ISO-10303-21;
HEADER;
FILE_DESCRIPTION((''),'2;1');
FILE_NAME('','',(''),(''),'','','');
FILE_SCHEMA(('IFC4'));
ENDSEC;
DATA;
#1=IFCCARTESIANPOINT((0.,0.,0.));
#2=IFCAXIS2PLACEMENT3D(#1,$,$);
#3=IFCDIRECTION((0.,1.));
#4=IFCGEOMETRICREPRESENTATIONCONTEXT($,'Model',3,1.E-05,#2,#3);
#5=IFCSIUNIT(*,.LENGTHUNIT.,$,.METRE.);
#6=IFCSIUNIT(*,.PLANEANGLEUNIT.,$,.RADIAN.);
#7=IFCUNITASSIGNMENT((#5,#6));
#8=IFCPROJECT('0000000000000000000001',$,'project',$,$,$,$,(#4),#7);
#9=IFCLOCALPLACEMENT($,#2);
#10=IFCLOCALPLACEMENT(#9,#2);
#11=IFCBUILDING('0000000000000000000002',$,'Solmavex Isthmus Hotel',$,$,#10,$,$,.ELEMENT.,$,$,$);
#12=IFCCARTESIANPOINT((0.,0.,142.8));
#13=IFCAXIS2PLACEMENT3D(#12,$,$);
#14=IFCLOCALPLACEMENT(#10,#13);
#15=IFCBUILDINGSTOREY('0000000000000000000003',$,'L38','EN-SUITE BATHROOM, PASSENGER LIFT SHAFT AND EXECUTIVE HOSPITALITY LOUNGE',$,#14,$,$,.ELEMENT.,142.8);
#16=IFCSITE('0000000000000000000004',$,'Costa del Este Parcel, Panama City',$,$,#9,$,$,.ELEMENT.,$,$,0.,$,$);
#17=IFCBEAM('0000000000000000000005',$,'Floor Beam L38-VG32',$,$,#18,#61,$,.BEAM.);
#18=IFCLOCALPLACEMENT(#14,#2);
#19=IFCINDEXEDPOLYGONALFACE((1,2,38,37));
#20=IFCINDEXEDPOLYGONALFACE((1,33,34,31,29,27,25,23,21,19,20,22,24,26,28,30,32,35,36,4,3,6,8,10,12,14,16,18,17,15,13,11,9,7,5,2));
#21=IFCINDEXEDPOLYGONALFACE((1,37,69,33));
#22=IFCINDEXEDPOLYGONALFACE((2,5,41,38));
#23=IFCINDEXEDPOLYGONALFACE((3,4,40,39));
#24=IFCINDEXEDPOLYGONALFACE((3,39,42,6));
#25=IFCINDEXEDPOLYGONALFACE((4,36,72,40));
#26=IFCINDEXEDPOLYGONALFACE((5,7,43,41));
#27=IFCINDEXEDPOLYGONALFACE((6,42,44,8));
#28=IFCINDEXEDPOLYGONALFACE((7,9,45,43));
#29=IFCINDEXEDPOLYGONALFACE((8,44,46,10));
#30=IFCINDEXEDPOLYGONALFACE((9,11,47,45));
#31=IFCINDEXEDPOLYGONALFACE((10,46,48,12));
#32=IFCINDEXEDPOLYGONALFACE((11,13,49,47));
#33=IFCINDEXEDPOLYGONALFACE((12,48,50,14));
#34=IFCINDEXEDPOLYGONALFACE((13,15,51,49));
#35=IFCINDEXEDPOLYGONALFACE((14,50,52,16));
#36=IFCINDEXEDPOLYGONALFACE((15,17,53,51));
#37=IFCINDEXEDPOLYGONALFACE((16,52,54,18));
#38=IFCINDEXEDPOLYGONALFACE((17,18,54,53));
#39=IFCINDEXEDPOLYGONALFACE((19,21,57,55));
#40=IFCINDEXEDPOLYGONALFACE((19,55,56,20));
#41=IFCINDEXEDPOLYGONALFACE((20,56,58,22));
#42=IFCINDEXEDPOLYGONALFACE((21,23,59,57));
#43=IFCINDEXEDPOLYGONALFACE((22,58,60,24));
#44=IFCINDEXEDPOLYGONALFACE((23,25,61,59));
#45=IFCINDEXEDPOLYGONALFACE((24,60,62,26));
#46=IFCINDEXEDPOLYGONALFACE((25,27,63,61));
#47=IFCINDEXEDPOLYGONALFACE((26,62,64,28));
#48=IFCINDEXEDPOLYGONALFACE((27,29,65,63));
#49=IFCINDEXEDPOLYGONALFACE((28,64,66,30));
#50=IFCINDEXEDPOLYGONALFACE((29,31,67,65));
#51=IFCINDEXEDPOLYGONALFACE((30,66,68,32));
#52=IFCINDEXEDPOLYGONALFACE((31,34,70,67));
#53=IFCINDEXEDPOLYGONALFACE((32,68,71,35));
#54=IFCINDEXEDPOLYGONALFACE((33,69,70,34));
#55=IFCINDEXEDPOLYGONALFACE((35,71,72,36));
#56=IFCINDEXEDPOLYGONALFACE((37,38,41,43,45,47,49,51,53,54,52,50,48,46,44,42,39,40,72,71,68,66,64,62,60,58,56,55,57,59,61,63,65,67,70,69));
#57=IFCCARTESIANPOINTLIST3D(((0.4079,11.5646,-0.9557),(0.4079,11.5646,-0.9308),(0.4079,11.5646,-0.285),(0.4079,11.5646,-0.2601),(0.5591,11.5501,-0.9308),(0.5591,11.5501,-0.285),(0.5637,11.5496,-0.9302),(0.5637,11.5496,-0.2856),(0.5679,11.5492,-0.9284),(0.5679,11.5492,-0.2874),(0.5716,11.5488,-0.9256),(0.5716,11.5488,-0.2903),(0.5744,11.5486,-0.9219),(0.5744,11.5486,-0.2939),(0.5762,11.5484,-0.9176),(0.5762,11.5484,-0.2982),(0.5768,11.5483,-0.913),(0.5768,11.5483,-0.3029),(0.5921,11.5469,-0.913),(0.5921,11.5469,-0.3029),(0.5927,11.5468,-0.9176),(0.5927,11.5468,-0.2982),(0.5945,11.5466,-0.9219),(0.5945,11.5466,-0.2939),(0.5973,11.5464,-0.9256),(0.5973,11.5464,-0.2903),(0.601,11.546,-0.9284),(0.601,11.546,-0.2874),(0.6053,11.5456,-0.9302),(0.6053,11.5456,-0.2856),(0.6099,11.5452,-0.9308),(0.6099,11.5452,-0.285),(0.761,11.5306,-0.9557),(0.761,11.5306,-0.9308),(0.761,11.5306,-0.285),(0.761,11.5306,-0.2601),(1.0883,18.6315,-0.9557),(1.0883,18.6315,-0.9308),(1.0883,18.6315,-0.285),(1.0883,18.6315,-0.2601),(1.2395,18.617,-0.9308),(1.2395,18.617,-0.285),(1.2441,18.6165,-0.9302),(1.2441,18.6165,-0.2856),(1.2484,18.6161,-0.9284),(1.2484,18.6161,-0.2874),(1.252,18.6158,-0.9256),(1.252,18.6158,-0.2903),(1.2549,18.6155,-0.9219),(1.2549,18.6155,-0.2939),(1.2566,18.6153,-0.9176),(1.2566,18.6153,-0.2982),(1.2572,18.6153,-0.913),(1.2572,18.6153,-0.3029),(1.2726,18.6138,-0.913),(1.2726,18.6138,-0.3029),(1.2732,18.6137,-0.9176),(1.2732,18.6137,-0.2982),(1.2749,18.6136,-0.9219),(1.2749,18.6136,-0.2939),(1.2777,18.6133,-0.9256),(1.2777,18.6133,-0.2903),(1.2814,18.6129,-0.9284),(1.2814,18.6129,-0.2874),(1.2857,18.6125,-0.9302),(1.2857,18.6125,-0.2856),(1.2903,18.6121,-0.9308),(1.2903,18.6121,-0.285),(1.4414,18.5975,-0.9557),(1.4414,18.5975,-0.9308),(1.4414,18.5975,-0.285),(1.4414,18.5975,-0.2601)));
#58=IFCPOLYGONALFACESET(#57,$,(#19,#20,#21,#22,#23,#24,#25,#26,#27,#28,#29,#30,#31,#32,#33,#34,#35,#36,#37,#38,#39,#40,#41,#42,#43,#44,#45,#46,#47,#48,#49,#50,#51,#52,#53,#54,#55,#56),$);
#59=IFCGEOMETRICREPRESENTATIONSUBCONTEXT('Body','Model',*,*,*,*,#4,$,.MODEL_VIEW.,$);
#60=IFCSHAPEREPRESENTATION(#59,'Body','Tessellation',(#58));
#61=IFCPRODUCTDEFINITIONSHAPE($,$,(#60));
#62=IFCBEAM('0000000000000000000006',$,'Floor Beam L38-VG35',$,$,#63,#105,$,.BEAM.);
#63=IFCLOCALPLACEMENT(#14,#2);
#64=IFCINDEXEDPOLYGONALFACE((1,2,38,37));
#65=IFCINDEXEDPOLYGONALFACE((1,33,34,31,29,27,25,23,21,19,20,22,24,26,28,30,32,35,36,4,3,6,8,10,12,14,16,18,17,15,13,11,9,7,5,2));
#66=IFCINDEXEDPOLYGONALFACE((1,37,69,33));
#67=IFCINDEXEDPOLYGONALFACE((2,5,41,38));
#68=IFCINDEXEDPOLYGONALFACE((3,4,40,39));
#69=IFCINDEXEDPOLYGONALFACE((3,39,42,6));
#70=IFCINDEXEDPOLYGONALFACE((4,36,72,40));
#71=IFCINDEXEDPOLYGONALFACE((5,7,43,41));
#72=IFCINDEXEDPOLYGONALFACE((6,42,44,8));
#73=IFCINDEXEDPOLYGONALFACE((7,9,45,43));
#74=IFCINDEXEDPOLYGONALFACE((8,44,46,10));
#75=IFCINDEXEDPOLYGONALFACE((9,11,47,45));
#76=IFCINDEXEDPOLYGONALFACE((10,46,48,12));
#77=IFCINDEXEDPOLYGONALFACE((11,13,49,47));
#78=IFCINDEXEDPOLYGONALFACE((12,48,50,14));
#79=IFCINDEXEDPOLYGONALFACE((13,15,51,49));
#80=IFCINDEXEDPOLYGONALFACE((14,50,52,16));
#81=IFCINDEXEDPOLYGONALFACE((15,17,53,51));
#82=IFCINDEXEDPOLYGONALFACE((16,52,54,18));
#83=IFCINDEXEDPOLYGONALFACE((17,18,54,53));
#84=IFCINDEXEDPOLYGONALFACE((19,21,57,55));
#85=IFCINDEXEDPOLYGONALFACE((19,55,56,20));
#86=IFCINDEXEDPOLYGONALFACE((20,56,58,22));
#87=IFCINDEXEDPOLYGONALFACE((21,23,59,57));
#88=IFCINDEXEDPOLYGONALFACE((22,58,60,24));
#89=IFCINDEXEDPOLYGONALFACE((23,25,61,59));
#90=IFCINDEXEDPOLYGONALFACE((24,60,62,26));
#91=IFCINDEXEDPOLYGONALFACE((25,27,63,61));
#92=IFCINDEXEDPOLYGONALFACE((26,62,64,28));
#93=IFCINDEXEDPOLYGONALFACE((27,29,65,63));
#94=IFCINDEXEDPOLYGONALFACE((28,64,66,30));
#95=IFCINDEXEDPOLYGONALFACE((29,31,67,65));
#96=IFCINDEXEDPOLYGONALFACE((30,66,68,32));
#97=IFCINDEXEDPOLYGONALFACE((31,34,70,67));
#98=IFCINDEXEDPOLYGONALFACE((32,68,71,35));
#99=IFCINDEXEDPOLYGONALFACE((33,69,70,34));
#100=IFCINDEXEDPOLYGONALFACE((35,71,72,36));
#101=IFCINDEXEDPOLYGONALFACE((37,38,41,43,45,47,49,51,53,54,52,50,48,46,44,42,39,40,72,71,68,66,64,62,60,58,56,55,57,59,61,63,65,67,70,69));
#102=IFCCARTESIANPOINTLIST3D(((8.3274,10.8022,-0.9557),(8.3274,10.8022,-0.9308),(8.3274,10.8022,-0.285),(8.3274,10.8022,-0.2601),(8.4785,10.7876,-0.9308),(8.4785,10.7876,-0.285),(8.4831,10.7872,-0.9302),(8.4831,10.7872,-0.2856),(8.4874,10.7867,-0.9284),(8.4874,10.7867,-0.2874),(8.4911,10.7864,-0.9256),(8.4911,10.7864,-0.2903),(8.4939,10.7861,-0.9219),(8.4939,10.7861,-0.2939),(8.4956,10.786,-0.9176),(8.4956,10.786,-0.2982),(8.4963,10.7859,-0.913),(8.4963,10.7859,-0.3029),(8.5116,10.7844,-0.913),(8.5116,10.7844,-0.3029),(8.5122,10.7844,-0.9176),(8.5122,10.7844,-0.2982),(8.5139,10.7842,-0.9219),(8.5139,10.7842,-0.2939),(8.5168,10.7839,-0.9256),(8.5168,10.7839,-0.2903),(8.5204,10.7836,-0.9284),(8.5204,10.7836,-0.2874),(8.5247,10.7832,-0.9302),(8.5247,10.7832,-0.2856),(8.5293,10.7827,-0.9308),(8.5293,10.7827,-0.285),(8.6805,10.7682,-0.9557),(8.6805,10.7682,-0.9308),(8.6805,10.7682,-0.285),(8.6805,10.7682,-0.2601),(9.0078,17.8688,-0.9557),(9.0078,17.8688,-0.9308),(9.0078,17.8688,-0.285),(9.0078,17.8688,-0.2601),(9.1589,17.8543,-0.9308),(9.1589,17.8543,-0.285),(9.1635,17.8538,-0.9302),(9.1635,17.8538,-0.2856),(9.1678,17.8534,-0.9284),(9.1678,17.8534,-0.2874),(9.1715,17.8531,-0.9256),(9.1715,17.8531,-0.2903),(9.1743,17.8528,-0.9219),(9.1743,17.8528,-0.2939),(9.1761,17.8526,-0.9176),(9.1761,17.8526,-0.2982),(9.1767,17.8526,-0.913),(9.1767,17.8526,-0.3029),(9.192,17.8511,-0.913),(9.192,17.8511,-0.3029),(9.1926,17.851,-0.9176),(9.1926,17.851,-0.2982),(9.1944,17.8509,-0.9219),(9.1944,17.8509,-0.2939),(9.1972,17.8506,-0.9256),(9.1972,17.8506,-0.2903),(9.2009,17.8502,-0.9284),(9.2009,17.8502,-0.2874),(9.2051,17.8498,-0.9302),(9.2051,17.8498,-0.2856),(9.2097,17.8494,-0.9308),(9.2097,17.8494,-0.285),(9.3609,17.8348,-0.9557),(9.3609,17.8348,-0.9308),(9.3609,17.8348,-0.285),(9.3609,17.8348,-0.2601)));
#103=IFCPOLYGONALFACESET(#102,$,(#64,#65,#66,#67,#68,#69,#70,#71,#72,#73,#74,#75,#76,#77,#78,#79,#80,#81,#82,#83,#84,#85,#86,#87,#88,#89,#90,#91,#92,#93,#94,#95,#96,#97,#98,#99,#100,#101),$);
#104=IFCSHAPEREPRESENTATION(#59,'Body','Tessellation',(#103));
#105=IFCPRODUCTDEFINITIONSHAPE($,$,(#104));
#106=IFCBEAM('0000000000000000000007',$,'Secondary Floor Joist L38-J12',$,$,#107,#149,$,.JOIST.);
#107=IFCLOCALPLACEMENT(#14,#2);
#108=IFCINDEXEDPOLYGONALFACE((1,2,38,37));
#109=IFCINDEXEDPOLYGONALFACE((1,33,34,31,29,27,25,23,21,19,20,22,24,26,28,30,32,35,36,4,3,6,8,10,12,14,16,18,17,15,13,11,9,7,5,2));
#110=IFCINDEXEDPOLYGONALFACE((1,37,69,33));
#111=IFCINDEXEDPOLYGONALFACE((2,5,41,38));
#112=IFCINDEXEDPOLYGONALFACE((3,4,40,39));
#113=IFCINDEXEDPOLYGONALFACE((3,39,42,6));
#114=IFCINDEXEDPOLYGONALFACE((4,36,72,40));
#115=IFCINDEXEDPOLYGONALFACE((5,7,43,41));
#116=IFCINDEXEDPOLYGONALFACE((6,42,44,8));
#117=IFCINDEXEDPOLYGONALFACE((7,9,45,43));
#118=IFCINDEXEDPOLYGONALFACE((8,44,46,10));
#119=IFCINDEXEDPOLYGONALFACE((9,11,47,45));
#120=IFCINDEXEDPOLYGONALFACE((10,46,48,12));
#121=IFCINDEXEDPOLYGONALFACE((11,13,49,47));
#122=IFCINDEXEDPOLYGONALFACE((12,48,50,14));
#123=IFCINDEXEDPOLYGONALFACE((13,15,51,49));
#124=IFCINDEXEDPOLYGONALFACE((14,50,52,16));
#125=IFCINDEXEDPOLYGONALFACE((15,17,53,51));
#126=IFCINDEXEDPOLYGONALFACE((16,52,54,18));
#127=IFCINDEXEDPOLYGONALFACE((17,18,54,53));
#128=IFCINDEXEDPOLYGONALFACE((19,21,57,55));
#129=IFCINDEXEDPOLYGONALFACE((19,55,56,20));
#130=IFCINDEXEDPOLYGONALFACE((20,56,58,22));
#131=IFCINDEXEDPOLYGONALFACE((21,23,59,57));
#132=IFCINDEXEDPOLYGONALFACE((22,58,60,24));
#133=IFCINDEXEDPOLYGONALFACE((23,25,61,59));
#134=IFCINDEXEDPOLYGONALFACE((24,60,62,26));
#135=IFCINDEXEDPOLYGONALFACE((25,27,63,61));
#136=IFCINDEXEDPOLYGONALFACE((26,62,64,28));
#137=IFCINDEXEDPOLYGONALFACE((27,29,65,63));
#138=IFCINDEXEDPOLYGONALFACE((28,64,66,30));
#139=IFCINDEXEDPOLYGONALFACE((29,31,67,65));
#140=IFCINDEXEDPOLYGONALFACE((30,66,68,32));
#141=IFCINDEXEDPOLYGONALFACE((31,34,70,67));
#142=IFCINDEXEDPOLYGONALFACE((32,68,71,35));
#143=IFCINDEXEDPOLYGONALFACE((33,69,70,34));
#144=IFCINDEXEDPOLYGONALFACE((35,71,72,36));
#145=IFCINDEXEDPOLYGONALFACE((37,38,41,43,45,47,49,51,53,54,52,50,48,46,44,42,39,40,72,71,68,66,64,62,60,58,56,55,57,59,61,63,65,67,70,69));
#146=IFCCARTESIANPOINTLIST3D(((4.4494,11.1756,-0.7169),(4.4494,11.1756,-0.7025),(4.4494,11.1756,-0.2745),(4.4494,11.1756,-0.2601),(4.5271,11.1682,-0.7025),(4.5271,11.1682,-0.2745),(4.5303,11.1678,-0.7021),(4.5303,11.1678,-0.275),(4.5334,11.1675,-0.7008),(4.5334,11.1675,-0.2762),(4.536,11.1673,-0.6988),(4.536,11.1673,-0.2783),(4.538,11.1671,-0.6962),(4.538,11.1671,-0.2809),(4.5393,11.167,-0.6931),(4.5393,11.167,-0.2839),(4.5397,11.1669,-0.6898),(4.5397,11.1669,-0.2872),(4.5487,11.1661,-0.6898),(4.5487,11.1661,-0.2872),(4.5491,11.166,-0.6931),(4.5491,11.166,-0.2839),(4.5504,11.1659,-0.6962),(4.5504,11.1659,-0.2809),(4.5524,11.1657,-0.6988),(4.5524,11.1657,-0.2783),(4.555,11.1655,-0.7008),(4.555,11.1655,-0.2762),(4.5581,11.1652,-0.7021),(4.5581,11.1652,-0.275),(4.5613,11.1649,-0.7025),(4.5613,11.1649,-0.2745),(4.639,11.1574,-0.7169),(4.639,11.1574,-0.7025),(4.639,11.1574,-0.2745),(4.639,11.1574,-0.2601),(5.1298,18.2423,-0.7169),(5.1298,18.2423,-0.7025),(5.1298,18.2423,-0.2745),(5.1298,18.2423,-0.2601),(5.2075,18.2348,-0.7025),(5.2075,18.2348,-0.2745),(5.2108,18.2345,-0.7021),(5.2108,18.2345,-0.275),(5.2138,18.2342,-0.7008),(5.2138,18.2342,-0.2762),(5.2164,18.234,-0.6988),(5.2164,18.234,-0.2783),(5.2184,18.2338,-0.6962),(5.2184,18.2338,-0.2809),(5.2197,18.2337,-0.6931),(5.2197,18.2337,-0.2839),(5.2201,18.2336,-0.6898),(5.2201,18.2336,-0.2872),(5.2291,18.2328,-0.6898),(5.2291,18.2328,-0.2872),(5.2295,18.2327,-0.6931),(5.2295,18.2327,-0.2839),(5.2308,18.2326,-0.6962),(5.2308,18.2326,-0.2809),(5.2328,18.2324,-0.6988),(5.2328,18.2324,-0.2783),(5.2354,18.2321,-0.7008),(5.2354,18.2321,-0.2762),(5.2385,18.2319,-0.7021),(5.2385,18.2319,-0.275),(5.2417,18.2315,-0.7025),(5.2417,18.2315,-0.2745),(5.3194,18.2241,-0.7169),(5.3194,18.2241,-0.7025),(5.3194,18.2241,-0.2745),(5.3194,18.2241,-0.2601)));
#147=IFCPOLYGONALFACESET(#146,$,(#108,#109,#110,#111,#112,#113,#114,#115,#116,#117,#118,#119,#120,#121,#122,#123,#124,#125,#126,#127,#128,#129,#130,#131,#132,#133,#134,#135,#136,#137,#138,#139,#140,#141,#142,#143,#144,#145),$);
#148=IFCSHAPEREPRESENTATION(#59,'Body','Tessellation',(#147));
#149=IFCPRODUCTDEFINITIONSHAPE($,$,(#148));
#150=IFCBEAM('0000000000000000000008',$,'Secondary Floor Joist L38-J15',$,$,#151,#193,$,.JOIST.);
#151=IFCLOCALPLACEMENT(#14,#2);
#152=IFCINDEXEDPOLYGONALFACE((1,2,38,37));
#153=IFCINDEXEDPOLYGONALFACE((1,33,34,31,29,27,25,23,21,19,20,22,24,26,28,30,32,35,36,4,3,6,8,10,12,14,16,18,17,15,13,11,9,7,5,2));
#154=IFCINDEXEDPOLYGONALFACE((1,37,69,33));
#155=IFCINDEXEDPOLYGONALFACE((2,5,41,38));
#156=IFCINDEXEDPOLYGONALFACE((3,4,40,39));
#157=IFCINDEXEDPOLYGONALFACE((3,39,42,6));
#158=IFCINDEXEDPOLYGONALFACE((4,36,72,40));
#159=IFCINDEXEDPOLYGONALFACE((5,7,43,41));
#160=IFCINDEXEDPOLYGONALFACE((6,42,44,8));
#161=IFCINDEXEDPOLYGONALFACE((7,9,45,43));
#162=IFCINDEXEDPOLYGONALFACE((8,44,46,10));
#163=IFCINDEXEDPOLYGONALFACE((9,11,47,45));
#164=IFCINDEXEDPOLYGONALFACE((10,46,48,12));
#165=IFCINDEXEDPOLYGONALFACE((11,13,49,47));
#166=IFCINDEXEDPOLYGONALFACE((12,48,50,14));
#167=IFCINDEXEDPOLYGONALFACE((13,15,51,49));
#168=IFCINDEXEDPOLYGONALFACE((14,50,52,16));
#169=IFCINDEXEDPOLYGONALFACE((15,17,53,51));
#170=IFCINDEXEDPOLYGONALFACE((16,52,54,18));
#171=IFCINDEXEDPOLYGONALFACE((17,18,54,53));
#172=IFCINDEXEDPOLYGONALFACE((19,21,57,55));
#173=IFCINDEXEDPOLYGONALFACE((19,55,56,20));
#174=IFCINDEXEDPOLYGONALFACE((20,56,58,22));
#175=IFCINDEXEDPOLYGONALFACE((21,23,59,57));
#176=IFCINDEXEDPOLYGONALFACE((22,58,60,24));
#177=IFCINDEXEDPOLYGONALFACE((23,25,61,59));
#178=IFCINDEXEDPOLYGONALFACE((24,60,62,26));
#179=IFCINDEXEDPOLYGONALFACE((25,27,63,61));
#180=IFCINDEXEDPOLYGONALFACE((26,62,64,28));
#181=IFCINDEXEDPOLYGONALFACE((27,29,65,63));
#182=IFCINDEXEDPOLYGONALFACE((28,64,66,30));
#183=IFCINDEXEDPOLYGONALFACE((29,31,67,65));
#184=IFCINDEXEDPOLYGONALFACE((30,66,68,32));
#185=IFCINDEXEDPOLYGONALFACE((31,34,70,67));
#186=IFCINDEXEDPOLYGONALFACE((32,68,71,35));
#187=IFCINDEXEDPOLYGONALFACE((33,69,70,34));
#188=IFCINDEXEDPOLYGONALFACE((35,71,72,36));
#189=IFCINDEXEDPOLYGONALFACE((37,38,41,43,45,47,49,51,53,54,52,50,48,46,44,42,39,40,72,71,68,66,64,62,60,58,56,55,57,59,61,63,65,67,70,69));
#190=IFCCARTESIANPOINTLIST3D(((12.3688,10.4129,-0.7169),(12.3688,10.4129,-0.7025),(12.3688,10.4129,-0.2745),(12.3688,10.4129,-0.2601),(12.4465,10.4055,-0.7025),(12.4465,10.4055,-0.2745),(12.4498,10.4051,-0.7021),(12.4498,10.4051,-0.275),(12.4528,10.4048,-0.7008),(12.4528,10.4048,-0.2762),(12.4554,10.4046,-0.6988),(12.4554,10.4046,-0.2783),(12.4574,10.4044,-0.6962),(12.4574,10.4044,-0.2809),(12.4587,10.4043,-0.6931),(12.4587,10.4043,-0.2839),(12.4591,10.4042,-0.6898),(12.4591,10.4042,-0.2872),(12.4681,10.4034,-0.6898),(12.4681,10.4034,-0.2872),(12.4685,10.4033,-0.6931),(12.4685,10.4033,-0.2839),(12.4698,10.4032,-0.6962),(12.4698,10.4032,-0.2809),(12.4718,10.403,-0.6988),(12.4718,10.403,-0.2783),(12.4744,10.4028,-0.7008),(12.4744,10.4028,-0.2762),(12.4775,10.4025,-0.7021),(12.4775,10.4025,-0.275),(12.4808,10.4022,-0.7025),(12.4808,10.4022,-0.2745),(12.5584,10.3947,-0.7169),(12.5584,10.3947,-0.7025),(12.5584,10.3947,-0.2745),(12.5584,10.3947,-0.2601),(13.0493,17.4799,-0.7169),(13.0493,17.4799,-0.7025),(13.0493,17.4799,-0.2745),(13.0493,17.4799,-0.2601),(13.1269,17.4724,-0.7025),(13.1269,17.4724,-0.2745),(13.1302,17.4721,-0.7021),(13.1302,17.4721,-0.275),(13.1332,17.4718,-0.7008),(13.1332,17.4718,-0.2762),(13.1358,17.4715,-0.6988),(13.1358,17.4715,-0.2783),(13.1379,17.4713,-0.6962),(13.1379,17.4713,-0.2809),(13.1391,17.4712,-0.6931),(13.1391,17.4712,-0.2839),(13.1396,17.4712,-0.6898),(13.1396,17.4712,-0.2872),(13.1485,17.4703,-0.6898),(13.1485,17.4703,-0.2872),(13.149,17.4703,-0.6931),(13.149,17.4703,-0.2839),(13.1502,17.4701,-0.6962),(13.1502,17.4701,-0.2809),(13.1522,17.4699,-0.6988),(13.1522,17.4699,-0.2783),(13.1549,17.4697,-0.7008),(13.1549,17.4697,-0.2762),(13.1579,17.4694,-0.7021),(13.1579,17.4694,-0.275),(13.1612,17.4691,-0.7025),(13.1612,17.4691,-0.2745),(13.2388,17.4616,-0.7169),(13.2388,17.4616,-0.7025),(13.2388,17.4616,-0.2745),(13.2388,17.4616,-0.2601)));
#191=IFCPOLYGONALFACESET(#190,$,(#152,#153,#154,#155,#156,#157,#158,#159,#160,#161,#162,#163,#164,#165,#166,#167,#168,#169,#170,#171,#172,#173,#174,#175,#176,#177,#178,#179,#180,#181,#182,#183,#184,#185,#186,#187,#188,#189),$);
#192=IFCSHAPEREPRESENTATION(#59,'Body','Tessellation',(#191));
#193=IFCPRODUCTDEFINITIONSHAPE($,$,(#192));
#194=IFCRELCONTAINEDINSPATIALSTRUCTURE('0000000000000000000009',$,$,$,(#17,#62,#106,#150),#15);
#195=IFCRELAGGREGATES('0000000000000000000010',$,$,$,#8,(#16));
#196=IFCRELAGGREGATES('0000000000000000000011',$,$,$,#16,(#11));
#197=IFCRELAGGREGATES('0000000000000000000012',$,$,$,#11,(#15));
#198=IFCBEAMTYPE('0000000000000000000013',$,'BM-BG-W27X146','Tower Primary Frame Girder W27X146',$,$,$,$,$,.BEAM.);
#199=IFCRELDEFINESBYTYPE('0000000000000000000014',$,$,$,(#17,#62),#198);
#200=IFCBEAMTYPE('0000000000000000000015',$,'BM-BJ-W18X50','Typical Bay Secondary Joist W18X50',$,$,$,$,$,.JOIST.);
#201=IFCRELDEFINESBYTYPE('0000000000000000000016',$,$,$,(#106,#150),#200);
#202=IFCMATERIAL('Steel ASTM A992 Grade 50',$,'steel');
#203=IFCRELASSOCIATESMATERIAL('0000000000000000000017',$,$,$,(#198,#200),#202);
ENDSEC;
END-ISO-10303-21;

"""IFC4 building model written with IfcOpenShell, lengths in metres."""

from ifc_helpers import new_model, si_unit, direction, frame, origin, origin_2d, place, context, subcontext, project, spatial, i_section, extrude, material, material_profile, profile_set, type_object, element, save


model = new_model("IFC4")

# Units and contexts
model_context = context("Model", 3, precision=1e-05, world=origin(), true_north=direction((0.0, 1.0)))
body_context = subcontext(model_context, "Body", "Model", "MODEL_VIEW")
ifc_project = project(units=[si_unit("LENGTHUNIT", "METRE"), si_unit("PLANEANGLEUNIT", "RADIAN")], contexts=[model_context])

# Site, building, storey
site_placement = place(None, origin())
site = spatial("IfcSite", under=ifc_project, at=site_placement, Name="Costa del Este Parcel, Panama City", CompositionType="ELEMENT", RefElevation=0.0)
building_placement = place(site_placement, origin())
building = spatial("IfcBuilding", under=site, at=building_placement, Name="Solmavex Isthmus Hotel", CompositionType="ELEMENT")
storey_placement = place(building_placement, frame((0.0, 0.0, 142.8)))
storey = spatial("IfcBuildingStorey", under=building, at=storey_placement, Name="L38", Description="EN-SUITE BATHROOM, PASSENGER LIFT SHAFT AND EXECUTIVE HOSPITALITY LOUNGE", CompositionType="ELEMENT", Elevation=142.8)

# Beams
ifc_material_1 = material(Name="Steel ASTM A992 Grade 50", Category="steel")
ifc_material_profile_1 = material_profile(ifc_material_1, i_section(OverallWidth=0.3547, OverallDepth=0.6956, WebThickness=0.0154, FlangeThickness=0.0249, FilletRadius=0.0178, at=origin_2d()), Name="W27X146")
ifc_profile_set_1 = profile_set([ifc_material_profile_1], Name="Steel ASTM A992 Grade 50")
beam_type_1 = type_object("IfcBeamType", Name="BM-BG-W27X146", Description="Tower Primary Frame Girder W27X146", PredefinedType="BEAM", material=ifc_profile_set_1)
beam_1_placement = place(storey_placement, frame((0.5845, 11.5476, -0.6079), z_axis=(0.09584, 0.995397, 0.0), x_axis=(-0.995397, 0.09584, 0.0)))
element("IfcBeam", 1, at=beam_1_placement, inside=storey, type_object=beam_type_1, Name="Floor Beam L38-VG32", PredefinedType="BEAM", context=body_context, shape_type="SweptSolid", body=[
    extrude(i_section(OverallWidth=0.3547, OverallDepth=0.6956, WebThickness=0.0154, FlangeThickness=0.0249, FilletRadius=0.0178, at=origin_2d()), origin(), (0.0, 0.0, 1.0), 7.0996),
])
beam_2_placement = place(storey_placement, frame((8.5039, 10.7852, -0.6079), z_axis=(0.095843, 0.995396, 0.0), x_axis=(-0.995396, 0.095843, 0.0)))
element("IfcBeam", 2, at=beam_2_placement, inside=storey, type_object=beam_type_1, Name="Floor Beam L38-VG35", PredefinedType="BEAM", context=body_context, shape_type="SweptSolid", body=[
    extrude(i_section(OverallWidth=0.3547, OverallDepth=0.6956, WebThickness=0.0154, FlangeThickness=0.0249, FilletRadius=0.0178, at=origin_2d()), origin(), (0.0, 0.0, 1.0), 7.0994),
])
ifc_material_profile_2 = material_profile(ifc_material_1, i_section(OverallWidth=0.1904, OverallDepth=0.4568, WebThickness=0.009, FlangeThickness=0.0144, FilletRadius=0.0127, at=origin_2d()), Name="W18X50")
ifc_profile_set_2 = profile_set([ifc_material_profile_2], Name="Steel ASTM A992 Grade 50")
beam_type_2 = type_object("IfcBeamType", Name="BM-BJ-W18X50", Description="Typical Bay Secondary Joist W18X50", PredefinedType="JOIST", material=ifc_profile_set_2)
beam_3_placement = place(storey_placement, frame((4.5442, 11.1665, -0.4885), z_axis=(0.095843, 0.995396, 0.0), x_axis=(-0.995396, 0.095843, 0.0)))
element("IfcBeam", 3, at=beam_3_placement, inside=storey, type_object=beam_type_2, Name="Secondary Floor Joist L38-J12", PredefinedType="JOIST", context=body_context, shape_type="SweptSolid", body=[
    extrude(i_section(OverallWidth=0.1904, OverallDepth=0.4568, WebThickness=0.009, FlangeThickness=0.0144, FilletRadius=0.0127, at=origin_2d()), origin(), (0.0, 0.0, 1.0), 7.0994),
])
beam_4_placement = place(storey_placement, frame((12.4636, 10.4038, -0.4885), z_axis=(0.09584, 0.995397, 0.0), x_axis=(-0.995397, 0.09584, 0.0)))
element("IfcBeam", 4, at=beam_4_placement, inside=storey, type_object=beam_type_2, Name="Secondary Floor Joist L38-J15", PredefinedType="JOIST", context=body_context, shape_type="SweptSolid", body=[
    extrude(i_section(OverallWidth=0.1904, OverallDepth=0.4568, WebThickness=0.009, FlangeThickness=0.0144, FilletRadius=0.0127, at=origin_2d()), origin(), (0.0, 0.0, 1.0), 7.0996),
])

save(model, "model.ifc")
